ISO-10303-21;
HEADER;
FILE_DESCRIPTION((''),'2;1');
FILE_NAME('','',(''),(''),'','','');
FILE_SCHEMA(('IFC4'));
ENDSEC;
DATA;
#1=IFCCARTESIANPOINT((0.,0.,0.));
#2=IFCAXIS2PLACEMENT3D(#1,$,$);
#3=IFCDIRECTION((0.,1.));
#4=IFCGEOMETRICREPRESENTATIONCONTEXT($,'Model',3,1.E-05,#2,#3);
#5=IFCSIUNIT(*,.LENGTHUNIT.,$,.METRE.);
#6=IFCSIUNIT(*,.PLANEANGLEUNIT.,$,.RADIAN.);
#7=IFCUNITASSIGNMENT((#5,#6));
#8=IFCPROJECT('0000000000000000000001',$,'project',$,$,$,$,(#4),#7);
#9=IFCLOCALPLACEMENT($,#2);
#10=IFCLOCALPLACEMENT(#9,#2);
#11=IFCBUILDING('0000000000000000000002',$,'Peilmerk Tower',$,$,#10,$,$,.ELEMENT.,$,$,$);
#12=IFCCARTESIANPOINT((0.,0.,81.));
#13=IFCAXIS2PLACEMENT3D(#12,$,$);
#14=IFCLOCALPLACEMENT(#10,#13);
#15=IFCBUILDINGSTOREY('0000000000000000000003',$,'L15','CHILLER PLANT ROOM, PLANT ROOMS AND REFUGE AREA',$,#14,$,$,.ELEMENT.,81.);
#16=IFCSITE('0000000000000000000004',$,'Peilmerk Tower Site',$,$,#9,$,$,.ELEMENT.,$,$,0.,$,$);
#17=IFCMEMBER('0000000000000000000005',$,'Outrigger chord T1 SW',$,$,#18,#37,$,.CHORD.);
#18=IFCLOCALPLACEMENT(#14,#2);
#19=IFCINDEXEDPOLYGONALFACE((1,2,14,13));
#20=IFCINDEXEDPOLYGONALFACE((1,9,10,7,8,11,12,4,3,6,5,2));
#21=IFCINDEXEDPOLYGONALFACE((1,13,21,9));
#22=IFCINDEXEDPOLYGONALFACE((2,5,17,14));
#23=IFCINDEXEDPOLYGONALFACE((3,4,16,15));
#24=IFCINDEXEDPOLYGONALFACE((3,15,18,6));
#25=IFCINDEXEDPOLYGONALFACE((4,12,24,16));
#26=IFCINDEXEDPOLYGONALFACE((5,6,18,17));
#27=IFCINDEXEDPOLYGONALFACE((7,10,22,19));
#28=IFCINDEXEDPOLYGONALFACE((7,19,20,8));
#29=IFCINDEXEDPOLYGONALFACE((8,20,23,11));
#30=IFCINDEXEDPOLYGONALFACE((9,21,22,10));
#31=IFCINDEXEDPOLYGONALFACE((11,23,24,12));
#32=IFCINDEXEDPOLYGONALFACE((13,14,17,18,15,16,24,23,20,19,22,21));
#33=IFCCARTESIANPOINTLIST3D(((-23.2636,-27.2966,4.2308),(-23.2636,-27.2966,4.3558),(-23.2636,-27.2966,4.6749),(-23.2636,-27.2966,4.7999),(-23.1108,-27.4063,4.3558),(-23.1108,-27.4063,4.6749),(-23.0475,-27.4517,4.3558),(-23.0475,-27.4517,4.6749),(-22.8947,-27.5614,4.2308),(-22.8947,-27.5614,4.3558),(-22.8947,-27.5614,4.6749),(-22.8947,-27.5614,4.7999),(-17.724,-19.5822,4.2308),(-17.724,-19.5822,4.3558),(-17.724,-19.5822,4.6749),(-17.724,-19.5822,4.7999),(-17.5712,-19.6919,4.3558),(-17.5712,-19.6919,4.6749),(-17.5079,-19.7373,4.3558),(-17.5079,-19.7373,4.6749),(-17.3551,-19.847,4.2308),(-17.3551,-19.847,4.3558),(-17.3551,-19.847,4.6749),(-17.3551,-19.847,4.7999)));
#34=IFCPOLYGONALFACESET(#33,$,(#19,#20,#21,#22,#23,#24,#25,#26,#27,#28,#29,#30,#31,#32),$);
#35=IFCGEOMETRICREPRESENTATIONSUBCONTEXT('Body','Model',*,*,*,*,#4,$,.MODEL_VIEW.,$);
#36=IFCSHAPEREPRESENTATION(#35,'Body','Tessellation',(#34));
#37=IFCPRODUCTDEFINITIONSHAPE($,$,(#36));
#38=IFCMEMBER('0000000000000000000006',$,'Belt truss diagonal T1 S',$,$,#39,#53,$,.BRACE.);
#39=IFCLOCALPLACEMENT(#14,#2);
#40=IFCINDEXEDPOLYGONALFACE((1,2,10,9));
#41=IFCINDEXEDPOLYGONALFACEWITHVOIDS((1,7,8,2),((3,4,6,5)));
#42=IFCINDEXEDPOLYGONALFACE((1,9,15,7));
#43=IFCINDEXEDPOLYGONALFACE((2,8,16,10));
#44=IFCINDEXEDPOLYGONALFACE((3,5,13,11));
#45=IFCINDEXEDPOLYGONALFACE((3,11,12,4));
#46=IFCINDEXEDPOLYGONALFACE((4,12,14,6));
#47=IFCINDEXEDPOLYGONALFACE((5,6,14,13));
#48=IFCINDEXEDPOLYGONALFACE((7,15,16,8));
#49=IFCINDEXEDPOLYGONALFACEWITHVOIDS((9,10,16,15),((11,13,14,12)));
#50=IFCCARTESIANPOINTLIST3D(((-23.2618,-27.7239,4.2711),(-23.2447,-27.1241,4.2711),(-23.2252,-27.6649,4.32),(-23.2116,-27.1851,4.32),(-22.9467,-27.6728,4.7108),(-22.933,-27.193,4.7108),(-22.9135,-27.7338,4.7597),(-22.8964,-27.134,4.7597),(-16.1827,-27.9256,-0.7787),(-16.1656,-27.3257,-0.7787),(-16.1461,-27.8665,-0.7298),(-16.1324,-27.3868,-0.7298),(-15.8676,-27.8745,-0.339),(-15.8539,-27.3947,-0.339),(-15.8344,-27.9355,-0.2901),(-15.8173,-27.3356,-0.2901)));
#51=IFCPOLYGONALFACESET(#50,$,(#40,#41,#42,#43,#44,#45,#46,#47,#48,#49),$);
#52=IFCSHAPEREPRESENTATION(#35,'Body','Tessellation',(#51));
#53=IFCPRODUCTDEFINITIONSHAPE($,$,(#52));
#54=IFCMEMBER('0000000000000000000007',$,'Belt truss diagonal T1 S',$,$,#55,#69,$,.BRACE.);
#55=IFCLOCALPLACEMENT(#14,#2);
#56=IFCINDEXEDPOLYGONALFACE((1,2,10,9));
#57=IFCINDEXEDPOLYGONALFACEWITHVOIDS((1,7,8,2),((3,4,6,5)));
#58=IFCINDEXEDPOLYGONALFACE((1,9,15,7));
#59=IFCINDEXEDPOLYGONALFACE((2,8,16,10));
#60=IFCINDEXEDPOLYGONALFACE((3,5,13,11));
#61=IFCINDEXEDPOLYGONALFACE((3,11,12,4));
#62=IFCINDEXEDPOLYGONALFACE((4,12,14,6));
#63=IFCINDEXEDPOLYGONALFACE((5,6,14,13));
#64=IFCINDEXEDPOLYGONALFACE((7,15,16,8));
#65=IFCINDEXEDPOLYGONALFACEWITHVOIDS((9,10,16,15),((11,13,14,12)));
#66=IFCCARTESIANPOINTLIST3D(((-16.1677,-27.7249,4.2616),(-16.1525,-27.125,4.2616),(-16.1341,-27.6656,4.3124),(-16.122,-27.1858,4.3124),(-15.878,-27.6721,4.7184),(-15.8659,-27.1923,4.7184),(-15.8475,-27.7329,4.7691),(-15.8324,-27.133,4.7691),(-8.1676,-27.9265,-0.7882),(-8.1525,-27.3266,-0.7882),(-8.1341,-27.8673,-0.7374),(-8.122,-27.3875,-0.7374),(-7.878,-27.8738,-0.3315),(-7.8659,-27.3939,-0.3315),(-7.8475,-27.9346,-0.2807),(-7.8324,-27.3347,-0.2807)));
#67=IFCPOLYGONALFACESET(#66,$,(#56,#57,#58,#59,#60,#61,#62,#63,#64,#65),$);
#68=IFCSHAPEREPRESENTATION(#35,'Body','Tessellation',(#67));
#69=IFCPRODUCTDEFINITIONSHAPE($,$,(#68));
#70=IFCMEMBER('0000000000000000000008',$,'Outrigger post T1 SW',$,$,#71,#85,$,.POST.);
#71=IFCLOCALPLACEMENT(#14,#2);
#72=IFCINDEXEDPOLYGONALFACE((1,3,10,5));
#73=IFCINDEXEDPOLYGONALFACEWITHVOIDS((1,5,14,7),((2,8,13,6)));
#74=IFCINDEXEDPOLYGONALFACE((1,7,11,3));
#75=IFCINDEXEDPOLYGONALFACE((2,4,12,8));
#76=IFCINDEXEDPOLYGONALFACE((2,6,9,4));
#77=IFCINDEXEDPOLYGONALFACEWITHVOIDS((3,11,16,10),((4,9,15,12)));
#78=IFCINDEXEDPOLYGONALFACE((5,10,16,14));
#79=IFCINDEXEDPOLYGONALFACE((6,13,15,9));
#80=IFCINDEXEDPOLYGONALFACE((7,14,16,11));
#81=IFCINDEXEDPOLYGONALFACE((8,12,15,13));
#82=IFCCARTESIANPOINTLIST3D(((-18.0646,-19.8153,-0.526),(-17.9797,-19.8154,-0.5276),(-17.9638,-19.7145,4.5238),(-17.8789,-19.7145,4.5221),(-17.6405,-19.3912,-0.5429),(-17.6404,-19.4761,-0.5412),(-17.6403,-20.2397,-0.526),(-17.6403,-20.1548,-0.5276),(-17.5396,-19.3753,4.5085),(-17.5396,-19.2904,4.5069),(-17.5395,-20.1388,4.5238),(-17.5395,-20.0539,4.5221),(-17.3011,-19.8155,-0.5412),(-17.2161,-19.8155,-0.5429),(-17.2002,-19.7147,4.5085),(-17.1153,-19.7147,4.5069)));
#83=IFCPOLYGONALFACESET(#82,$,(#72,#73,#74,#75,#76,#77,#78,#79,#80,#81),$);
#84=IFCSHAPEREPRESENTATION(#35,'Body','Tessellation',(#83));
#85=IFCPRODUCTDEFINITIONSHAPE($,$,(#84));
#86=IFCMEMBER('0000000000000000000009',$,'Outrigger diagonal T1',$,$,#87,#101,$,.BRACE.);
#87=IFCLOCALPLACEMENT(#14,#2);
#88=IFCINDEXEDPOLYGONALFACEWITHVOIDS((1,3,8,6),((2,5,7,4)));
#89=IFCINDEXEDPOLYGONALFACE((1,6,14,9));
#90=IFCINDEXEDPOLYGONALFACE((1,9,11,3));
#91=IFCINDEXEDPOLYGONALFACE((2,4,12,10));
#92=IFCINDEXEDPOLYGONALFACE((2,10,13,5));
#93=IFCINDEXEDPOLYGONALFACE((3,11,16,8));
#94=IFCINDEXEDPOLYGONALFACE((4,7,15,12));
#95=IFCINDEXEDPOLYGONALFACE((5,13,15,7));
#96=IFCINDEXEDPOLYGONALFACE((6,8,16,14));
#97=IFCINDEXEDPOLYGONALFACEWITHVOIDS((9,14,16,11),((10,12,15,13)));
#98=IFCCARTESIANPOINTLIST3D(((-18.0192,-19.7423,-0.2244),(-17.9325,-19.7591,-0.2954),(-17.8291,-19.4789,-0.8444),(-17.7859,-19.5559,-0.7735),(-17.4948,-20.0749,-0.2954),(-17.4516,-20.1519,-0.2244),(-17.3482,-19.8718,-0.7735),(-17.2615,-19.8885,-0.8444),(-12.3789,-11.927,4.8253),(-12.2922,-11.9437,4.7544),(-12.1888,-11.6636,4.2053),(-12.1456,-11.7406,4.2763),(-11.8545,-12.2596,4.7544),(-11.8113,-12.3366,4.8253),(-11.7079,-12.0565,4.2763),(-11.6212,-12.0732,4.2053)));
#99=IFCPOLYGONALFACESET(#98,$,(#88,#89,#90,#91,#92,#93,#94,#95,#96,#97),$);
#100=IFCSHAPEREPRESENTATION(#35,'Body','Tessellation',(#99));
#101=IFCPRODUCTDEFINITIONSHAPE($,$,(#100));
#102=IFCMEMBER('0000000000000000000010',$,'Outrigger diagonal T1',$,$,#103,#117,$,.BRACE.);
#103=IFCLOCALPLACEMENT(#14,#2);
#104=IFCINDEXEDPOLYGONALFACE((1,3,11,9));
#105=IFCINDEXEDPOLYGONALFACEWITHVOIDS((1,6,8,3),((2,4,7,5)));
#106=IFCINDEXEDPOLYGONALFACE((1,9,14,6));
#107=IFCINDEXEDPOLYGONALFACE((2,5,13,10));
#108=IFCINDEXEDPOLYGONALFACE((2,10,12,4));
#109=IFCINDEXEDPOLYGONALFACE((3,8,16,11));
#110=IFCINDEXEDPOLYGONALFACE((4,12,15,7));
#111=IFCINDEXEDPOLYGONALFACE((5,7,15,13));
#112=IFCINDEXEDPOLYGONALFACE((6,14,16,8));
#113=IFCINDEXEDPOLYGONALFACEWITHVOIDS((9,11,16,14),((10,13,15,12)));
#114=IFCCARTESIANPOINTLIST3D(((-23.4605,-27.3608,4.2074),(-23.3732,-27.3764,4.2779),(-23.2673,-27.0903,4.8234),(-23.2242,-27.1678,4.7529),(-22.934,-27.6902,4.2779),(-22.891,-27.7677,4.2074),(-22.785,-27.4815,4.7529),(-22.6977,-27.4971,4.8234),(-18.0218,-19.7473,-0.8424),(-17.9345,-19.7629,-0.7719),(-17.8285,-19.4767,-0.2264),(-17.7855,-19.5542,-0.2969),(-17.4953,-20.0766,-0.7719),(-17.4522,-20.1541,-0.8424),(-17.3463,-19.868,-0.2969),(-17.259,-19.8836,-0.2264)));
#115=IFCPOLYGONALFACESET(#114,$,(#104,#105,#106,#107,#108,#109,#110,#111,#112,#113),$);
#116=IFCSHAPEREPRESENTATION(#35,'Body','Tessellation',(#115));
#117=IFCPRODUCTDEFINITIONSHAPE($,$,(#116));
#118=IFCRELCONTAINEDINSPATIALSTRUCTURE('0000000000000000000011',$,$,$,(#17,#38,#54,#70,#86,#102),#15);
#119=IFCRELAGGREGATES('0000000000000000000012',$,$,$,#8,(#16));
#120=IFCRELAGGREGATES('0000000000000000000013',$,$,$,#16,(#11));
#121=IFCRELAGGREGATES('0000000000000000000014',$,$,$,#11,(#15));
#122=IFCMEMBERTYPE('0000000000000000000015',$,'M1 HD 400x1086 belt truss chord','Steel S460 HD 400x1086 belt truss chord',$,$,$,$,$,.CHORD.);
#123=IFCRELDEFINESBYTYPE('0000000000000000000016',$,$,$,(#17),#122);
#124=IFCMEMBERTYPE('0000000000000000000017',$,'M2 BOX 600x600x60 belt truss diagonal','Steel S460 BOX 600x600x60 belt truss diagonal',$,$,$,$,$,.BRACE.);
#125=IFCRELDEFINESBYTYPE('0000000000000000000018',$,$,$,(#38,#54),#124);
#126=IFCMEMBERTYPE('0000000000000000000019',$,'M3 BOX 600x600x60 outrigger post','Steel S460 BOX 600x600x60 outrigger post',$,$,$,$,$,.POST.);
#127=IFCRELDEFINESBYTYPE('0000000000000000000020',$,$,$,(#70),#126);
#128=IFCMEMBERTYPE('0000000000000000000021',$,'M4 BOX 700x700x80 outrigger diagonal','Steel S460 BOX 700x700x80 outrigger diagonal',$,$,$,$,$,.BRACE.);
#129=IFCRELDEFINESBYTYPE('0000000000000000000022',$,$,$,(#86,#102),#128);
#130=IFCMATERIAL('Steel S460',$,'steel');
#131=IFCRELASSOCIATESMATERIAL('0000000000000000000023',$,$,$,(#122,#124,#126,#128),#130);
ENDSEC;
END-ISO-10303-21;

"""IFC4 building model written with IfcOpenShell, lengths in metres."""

from ifc_helpers import new_model, si_unit, direction, frame, origin, origin_2d, place, context, subcontext, project, spatial, hollow_rectangle, i_section, extrude, material, material_profile, profile_set, type_object, element, save


model = new_model("IFC4")

# Units and contexts
model_context = context("Model", 3, precision=1e-05, world=origin(), true_north=direction((0.0, 1.0)))
body_context = subcontext(model_context, "Body", "Model", "MODEL_VIEW")
ifc_project = project(units=[si_unit("LENGTHUNIT", "METRE"), si_unit("PLANEANGLEUNIT", "RADIAN")], contexts=[model_context])

# Site, building, storey
site_placement = place(None, origin())
site = spatial("IfcSite", under=ifc_project, at=site_placement, Name="Peilmerk Tower Site", CompositionType="ELEMENT", RefElevation=0.0)
building_placement = place(site_placement, origin())
building = spatial("IfcBuilding", under=site, at=building_placement, Name="Peilmerk Tower", CompositionType="ELEMENT")
storey_placement = place(building_placement, frame((0.0, 0.0, 81.0)))
storey = spatial("IfcBuildingStorey", under=building, at=storey_placement, Name="L15", Description="CHILLER PLANT ROOM, PLANT ROOMS AND REFUGE AREA", CompositionType="ELEMENT", Elevation=81.0)

# Shared definitions
ifc_material_1 = material(Name="Steel S460", Category="steel")

# Members
ifc_material_profile_1 = material_profile(ifc_material_1, i_section(OverallWidth=0.4541, OverallDepth=0.5691, WebThickness=0.0779, FlangeThickness=0.125, at=origin_2d()), Name="HD 400x1086")
ifc_profile_set_1 = profile_set([ifc_material_profile_1], Name="Steel S460")
member_type_1 = type_object("IfcMemberType", Name="M1 HD 400x1086 belt truss chord", Description="Steel S460 HD 400x1086 belt truss chord", PredefinedType="CHORD", material=ifc_profile_set_1)
member_1_placement = place(storey_placement, frame((-17.5396, -19.7146, 4.5154), z_axis=(-0.583279, -0.812272, 0.0), x_axis=(0.812272, -0.583279, 0.0)))
element("IfcMember", 1, at=member_1_placement, inside=storey, type_object=member_type_1, Name="Outrigger chord T1 SW", PredefinedType="CHORD", context=body_context, shape_type="SweptSolid", body=[
    extrude(i_section(OverallWidth=0.4541, OverallDepth=0.5691, WebThickness=0.0779, FlangeThickness=0.125, at=origin_2d()), origin(), (0.0, 0.0, 1.0), 9.4973),
])
ifc_material_profile_2 = material_profile(ifc_material_1, hollow_rectangle(XDim=0.6001, YDim=0.6001, WallThickness=0.0601, at=origin_2d()), Name="BOX 600x600x60")
ifc_profile_set_2 = profile_set([ifc_material_profile_2], Name="Steel S460")
member_type_2 = type_object("IfcMemberType", Name="M2 BOX 600x600x60 belt truss diagonal", Description="Steel S460 BOX 600x600x60 belt truss diagonal", PredefinedType="BRACE", material=ifc_profile_set_2)
member_2_placement = place(storey_placement, frame((-16.0, -27.6306, -0.5344), z_axis=(-0.813879, 0.023185, 0.580572), x_axis=(-0.028475, -0.999595, 0.0)))
element("IfcMember", 2, at=member_2_placement, inside=storey, type_object=member_type_2, Name="Belt truss diagonal T1 S", PredefinedType="BRACE", context=body_context, shape_type="SweptSolid", body=[
    extrude(hollow_rectangle(XDim=0.6001, YDim=0.6001, WallThickness=0.0601, at=origin_2d()), origin(), (0.0, 0.0, 1.0), 8.698),
])
member_3_placement = place(storey_placement, frame((-8.0, -27.6306, -0.5344), z_axis=(-0.845432, 0.021311, 0.533658), x_axis=(-0.0252, -0.999682, 0.0)))
element("IfcMember", 3, at=member_3_placement, inside=storey, type_object=member_type_2, Name="Belt truss diagonal T1 S", PredefinedType="BRACE", context=body_context, shape_type="SweptSolid", body=[
    extrude(hollow_rectangle(XDim=0.6001, YDim=0.6001, WallThickness=0.0601, at=origin_2d()), origin(), (0.0, 0.0, 1.0), 9.4626),
])
ifc_material_profile_3 = material_profile(ifc_material_1, hollow_rectangle(XDim=0.6001, YDim=0.6001, WallThickness=0.0601, at=origin_2d()), Name="BOX 600x600x60")
ifc_profile_set_3 = profile_set([ifc_material_profile_3], Name="Steel S460")
member_type_3 = type_object("IfcMemberType", Name="M3 BOX 600x600x60 outrigger post", Description="Steel S460 BOX 600x600x60 outrigger post", PredefinedType="POST", material=ifc_profile_set_3)
member_4_placement = place(storey_placement, frame((-17.6404, -19.8154, -0.5344), z_axis=(0.019959, 0.019959, 0.999602), x_axis=(-0.707107, 0.707107, 0.0)))
element("IfcMember", 4, at=member_4_placement, inside=storey, type_object=member_type_3, Name="Outrigger post T1 SW", PredefinedType="POST", context=body_context, shape_type="SweptSolid", body=[
    extrude(hollow_rectangle(XDim=0.6001, YDim=0.6001, WallThickness=0.0601, at=origin_2d()), origin(), (0.0, 0.0, 1.0), 5.0518),
])
ifc_material_profile_4 = material_profile(ifc_material_1, hollow_rectangle(XDim=0.7, YDim=0.7, WallThickness=0.0801, at=origin_2d()), Name="BOX 700x700x80")
ifc_profile_set_4 = profile_set([ifc_material_profile_4], Name="Steel S460")
member_type_4 = type_object("IfcMemberType", Name="M4 BOX 700x700x80 outrigger diagonal", Description="Steel S460 BOX 700x700x80 outrigger diagonal", PredefinedType="BRACE", material=ifc_profile_set_4)
member_5_placement = place(storey_placement, frame((-17.6404, -19.8154, -0.5344), z_axis=(0.518371, 0.718266, 0.464095), x_axis=(-0.810881, 0.585211, 0.0)))
element("IfcMember", 5, at=member_5_placement, inside=storey, type_object=member_type_4, Name="Outrigger diagonal T1", PredefinedType="BRACE", context=body_context, shape_type="SweptSolid", body=[
    extrude(hollow_rectangle(XDim=0.7, YDim=0.7, WallThickness=0.0801, at=origin_2d()), origin(), (0.0, 0.0, 1.0), 10.8809),
])
member_6_placement = place(storey_placement, frame((-17.6404, -19.8154, -0.5344), z_axis=(-0.511528, -0.716075, 0.474949), x_axis=(0.813709, -0.581273, 0.0)))
element("IfcMember", 6, at=member_6_placement, inside=storey, type_object=member_type_4, Name="Outrigger diagonal T1", PredefinedType="BRACE", context=body_context, shape_type="SweptSolid", body=[
    extrude(hollow_rectangle(XDim=0.7, YDim=0.7, WallThickness=0.0801, at=origin_2d()), origin(), (0.0, 0.0, 1.0), 10.6323),
])

save(model, "model.ifc")
